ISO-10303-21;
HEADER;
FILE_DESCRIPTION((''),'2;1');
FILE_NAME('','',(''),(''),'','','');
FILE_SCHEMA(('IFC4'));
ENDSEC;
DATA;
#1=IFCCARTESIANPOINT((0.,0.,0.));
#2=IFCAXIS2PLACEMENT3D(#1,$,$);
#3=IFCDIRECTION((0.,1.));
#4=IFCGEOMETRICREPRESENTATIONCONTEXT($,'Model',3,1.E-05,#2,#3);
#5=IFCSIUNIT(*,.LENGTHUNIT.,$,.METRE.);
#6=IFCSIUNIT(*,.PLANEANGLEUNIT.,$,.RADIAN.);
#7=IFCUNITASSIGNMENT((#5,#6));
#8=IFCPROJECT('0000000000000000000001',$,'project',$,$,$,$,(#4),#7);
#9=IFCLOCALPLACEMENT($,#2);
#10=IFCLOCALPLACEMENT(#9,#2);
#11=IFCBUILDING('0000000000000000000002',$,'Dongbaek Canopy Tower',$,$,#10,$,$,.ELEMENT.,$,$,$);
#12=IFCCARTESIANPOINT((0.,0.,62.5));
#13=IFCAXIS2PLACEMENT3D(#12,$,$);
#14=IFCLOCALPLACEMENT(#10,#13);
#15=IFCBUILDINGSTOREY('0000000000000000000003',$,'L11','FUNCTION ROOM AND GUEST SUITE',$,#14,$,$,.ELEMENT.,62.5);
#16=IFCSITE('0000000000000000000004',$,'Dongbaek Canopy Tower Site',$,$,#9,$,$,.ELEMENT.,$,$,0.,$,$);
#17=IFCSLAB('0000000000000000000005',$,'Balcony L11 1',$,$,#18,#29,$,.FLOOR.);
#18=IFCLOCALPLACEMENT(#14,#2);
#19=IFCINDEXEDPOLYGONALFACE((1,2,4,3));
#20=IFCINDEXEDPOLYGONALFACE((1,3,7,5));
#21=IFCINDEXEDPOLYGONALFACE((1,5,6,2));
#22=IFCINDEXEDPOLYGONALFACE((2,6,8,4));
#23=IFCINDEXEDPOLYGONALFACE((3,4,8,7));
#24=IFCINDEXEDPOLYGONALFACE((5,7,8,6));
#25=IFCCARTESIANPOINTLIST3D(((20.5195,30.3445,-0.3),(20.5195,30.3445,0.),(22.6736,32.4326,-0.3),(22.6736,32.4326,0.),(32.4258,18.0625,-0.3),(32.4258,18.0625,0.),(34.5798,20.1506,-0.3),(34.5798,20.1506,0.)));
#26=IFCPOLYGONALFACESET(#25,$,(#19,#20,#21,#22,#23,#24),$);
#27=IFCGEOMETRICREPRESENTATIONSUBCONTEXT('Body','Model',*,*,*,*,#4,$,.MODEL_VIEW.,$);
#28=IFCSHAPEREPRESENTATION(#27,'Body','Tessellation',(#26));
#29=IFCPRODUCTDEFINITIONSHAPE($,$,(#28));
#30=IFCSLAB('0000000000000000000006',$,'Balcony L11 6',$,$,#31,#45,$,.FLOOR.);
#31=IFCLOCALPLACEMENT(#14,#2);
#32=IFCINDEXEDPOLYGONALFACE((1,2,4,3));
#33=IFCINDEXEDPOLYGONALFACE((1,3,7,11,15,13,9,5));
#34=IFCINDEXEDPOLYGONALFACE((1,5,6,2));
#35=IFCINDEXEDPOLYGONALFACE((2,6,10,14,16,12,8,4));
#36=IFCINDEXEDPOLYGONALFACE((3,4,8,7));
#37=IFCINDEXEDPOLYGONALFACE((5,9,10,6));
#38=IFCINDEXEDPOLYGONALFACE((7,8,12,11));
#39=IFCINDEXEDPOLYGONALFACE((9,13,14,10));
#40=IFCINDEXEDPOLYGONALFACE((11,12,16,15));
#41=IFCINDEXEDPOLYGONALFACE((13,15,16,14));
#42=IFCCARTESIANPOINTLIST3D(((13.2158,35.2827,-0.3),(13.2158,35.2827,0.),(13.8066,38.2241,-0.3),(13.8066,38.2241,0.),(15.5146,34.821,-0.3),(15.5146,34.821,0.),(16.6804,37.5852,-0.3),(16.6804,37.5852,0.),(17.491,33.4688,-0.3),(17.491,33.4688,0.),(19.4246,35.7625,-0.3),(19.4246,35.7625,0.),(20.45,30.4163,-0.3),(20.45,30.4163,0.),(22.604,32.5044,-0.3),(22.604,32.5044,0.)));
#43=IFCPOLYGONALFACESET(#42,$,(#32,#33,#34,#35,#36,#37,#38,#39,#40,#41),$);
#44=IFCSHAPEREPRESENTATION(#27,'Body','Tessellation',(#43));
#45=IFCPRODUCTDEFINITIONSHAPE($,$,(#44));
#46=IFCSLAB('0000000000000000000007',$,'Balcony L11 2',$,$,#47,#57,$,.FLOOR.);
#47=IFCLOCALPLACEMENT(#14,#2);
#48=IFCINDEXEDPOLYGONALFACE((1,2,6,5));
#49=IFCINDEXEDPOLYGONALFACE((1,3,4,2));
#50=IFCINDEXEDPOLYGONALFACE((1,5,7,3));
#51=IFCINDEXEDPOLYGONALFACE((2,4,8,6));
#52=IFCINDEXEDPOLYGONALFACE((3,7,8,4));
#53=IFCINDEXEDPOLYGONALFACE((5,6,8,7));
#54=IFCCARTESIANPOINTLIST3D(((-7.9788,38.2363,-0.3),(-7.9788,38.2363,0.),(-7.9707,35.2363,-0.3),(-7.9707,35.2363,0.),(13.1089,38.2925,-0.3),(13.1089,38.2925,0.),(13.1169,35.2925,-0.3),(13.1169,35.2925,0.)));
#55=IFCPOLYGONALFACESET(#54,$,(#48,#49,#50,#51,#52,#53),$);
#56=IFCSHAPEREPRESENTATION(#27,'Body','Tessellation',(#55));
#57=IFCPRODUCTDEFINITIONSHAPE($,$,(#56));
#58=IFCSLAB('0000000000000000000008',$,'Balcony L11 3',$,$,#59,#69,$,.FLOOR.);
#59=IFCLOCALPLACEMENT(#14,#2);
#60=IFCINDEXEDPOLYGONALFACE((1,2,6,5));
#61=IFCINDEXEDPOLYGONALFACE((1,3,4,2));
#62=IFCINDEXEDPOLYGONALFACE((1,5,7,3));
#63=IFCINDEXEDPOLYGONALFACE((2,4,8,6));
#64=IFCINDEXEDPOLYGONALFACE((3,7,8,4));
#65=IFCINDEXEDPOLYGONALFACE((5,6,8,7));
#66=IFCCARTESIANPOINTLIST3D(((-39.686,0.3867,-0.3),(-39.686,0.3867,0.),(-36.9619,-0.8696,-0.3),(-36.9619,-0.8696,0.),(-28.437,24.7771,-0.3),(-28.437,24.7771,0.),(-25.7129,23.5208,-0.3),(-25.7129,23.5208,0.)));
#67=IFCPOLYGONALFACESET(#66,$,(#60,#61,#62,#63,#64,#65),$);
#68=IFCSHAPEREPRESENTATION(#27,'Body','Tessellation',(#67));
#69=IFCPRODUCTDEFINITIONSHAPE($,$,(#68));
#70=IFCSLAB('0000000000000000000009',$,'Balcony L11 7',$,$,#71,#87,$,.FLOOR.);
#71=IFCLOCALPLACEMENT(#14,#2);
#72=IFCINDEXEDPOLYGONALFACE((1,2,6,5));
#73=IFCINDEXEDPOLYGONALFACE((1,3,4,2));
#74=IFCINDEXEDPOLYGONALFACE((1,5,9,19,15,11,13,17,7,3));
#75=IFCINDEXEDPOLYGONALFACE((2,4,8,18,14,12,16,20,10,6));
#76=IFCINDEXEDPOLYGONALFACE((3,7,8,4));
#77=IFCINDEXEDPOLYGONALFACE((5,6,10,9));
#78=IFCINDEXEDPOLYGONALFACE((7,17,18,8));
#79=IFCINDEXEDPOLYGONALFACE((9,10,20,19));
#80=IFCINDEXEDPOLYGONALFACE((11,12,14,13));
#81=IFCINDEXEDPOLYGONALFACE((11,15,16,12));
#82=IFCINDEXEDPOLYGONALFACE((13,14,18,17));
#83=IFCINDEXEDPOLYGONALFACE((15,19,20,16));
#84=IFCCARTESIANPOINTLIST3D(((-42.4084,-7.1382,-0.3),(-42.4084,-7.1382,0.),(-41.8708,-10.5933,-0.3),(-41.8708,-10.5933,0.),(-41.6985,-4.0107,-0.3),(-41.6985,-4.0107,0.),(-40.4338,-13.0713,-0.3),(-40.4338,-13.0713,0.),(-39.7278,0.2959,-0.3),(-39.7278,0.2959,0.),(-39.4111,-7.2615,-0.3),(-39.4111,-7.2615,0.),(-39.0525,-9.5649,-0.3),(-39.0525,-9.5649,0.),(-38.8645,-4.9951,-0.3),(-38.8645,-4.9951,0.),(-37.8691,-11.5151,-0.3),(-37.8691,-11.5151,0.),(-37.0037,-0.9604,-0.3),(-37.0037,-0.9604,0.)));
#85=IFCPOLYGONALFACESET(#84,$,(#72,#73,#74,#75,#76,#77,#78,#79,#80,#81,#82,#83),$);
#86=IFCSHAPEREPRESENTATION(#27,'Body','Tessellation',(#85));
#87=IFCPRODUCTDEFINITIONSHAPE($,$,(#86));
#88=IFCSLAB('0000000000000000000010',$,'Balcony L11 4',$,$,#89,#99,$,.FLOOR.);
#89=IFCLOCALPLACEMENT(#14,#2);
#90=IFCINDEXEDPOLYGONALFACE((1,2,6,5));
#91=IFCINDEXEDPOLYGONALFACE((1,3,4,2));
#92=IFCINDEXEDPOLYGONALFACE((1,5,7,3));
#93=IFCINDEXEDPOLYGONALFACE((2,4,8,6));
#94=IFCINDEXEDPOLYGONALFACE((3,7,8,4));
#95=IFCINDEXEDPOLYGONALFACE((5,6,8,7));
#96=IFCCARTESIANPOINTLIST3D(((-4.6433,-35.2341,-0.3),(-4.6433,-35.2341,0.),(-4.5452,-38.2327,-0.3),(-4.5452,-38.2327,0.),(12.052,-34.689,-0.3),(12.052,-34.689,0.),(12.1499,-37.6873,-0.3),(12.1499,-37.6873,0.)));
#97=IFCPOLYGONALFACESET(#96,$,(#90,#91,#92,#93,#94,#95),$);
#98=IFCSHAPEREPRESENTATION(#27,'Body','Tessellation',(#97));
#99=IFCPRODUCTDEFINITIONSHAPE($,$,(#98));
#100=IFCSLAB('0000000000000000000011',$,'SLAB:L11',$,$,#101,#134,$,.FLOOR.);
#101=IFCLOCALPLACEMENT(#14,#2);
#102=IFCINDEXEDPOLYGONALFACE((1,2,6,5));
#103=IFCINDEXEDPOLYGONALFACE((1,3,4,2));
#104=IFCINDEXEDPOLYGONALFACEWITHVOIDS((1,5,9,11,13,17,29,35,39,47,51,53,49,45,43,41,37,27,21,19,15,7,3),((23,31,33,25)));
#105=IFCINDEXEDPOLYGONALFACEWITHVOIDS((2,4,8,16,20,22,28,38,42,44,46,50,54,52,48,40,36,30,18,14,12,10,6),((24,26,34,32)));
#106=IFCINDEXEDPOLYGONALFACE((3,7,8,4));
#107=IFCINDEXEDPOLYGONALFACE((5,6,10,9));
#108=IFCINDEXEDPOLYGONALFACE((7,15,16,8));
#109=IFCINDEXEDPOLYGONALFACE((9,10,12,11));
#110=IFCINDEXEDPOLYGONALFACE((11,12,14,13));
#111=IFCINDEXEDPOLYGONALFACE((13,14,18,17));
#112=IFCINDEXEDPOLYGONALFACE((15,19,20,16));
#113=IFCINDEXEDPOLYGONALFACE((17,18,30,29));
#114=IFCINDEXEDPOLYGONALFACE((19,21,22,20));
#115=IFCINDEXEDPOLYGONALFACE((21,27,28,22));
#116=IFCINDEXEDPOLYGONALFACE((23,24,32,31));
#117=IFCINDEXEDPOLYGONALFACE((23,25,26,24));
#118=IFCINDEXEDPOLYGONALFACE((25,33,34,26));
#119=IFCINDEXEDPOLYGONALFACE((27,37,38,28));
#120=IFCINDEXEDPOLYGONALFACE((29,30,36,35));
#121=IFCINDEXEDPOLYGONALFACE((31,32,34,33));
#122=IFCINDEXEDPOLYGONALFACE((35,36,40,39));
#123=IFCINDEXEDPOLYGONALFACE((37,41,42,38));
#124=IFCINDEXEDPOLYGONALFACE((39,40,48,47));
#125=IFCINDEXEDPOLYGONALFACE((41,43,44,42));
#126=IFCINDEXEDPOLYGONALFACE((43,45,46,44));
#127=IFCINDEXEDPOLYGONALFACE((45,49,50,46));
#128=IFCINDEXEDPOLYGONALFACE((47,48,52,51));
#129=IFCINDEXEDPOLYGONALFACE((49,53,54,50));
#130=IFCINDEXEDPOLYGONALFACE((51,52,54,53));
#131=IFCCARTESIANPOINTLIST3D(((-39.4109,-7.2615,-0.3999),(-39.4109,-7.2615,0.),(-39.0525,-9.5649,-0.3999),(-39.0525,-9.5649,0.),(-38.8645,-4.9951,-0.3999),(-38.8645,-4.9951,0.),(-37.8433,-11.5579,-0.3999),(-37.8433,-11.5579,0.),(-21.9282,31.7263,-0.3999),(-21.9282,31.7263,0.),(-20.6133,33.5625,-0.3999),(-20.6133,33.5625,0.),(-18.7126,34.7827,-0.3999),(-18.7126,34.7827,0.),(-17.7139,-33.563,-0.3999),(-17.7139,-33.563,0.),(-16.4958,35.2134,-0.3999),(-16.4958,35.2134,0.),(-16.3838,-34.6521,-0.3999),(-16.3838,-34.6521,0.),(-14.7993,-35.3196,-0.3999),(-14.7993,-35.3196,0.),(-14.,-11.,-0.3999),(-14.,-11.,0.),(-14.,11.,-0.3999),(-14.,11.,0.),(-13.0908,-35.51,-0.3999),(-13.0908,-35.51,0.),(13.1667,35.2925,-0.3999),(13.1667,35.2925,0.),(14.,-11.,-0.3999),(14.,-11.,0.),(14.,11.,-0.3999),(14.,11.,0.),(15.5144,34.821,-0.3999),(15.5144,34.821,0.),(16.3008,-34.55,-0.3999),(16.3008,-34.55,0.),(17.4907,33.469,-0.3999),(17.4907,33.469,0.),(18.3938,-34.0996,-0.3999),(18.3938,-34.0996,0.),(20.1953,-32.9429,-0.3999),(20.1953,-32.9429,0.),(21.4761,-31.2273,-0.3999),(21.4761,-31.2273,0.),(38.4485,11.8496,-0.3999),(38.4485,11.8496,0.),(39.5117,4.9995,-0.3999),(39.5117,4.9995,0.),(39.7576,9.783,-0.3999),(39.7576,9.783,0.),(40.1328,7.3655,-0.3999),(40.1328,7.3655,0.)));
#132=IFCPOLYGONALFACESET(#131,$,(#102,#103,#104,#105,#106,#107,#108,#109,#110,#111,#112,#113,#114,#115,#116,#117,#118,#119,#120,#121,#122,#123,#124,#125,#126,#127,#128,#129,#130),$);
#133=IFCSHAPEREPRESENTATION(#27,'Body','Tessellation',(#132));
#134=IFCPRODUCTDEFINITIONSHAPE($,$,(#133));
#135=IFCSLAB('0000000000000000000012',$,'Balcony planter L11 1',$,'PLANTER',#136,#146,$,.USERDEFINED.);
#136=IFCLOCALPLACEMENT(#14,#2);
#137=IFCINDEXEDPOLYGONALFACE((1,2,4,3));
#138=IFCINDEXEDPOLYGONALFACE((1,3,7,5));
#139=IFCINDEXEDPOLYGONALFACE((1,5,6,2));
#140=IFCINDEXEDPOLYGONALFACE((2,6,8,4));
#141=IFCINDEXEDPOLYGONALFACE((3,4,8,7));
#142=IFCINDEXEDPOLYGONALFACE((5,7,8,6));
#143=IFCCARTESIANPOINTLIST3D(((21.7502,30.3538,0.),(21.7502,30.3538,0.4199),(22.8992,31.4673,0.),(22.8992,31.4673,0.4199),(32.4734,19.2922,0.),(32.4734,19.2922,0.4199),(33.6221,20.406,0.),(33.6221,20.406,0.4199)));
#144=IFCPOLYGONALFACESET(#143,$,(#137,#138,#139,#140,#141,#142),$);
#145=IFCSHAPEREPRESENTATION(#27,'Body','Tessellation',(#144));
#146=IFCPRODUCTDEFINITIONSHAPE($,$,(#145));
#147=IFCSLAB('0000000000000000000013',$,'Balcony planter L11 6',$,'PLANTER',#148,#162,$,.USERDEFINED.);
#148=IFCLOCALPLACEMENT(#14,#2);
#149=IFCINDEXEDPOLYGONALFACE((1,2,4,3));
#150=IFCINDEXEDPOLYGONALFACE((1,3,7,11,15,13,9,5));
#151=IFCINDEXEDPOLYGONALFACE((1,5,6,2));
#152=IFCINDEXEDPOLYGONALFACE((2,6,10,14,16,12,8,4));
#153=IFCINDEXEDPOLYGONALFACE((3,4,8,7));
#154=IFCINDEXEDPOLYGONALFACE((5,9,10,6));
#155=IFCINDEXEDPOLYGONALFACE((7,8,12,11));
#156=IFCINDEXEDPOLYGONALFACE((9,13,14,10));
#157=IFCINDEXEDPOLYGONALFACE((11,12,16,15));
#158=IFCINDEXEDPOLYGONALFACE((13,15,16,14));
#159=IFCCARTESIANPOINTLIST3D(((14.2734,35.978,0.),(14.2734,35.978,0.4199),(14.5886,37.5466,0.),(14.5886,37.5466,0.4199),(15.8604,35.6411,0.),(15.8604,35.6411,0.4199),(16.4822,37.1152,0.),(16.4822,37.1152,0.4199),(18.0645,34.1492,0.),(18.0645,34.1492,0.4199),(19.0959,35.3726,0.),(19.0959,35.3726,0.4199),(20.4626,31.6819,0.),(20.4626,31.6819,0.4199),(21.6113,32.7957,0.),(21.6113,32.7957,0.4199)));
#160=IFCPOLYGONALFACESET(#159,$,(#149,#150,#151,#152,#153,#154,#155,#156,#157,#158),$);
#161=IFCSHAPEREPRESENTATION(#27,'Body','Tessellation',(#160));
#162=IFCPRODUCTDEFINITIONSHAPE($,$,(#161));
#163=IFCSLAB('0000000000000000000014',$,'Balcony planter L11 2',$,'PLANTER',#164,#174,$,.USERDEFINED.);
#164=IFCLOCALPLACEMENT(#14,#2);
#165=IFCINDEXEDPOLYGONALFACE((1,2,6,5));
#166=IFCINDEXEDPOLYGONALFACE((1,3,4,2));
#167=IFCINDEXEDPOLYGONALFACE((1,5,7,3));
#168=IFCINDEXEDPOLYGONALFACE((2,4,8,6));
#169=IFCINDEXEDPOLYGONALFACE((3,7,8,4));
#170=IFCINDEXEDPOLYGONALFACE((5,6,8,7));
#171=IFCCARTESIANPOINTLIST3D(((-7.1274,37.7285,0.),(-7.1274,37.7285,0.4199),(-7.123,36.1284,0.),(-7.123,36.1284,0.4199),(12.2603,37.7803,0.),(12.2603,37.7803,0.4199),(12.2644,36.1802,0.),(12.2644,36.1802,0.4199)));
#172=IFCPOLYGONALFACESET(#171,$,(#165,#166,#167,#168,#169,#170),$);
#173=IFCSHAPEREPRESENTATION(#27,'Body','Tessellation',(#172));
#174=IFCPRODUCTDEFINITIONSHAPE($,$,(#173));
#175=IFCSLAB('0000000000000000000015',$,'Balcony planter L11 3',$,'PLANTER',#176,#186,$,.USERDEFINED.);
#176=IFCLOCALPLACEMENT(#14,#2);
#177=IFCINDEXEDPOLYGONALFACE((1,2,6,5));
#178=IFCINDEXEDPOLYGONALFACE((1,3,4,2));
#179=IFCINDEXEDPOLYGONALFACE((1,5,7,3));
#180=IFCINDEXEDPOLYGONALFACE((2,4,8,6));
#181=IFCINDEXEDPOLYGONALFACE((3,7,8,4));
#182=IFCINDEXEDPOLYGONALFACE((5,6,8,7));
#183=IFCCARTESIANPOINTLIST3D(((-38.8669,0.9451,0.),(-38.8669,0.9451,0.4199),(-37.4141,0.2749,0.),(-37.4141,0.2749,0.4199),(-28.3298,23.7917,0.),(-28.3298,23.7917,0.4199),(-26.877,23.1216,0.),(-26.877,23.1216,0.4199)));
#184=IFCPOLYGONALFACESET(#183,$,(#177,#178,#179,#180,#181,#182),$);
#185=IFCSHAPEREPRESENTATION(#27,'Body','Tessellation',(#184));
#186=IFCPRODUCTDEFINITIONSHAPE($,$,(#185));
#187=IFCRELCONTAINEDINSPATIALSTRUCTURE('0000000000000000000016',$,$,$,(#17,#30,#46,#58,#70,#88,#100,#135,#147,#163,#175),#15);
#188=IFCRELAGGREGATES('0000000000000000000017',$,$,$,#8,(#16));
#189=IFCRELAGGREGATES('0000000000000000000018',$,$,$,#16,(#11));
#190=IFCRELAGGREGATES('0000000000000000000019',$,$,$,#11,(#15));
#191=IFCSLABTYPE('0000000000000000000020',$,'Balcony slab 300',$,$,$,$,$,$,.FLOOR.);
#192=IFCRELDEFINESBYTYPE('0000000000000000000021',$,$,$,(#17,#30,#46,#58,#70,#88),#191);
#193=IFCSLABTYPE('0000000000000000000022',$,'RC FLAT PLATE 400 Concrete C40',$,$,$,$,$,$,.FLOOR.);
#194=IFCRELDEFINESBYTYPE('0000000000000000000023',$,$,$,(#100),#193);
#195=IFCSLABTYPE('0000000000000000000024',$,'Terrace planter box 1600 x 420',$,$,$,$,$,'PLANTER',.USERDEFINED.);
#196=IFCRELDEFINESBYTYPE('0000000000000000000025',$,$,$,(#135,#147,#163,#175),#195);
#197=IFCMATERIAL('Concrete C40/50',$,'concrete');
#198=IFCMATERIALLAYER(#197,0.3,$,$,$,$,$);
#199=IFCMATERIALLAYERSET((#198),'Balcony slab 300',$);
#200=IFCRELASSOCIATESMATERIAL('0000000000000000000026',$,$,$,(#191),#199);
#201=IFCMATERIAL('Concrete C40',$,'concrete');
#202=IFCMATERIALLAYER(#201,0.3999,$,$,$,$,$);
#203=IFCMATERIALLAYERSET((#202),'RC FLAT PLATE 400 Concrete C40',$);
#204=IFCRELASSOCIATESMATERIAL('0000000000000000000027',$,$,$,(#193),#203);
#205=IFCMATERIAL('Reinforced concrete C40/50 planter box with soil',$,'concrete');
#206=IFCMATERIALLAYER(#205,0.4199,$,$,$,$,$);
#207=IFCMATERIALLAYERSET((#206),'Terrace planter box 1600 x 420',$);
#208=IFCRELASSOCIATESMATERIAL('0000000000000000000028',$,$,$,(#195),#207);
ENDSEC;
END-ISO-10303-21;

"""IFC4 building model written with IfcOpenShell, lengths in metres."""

from ifc_helpers import new_model, si_unit, direction, frame, origin, place, context, subcontext, project, spatial, polyline, outline, extrude, material, layer, layer_set, type_object, element, save


model = new_model("IFC4")

# Units and contexts
model_context = context("Model", 3, precision=1e-05, world=origin(), true_north=direction((0.0, 1.0)))
body_context = subcontext(model_context, "Body", "Model", "MODEL_VIEW")
ifc_project = project(units=[si_unit("LENGTHUNIT", "METRE"), si_unit("PLANEANGLEUNIT", "RADIAN")], contexts=[model_context])

# Site, building, storey
site_placement = place(None, origin())
site = spatial("IfcSite", under=ifc_project, at=site_placement, Name="Dongbaek Canopy Tower Site", CompositionType="ELEMENT", RefElevation=0.0)
building_placement = place(site_placement, origin())
building = spatial("IfcBuilding", under=site, at=building_placement, Name="Dongbaek Canopy Tower", CompositionType="ELEMENT")
storey_placement = place(building_placement, frame((0.0, 0.0, 62.5)))
storey = spatial("IfcBuildingStorey", under=building, at=storey_placement, Name="L11", Description="FUNCTION ROOM AND GUEST SUITE", CompositionType="ELEMENT", Elevation=62.5)

# Slabs
ifc_material_1 = material(Name="Concrete C40/50", Category="concrete")
ifc_layer_1 = layer(ifc_material_1, 0.3)
ifc_layer_set_1 = layer_set([ifc_layer_1], Name="Balcony slab 300")
slab_type_1 = type_object("IfcSlabType", Name="Balcony slab 300", PredefinedType="FLOOR", material=ifc_layer_set_1)
slab_1_placement = place(storey_placement, frame((0.0, 0.0, -0.3)))
element("IfcSlab", 1, at=slab_1_placement, inside=storey, type_object=slab_type_1, Name="Balcony L11 1", PredefinedType="FLOOR", context=body_context, shape_type="SweptSolid", body=[
    extrude(outline(polyline([(32.4258, 18.0625), (20.5195, 30.3445), (22.6736, 32.4326), (34.5798, 20.1506), (32.4258, 18.0625)])), origin(), (0.0, 0.0, 1.0), 0.3),
])
slab_2_placement = place(storey_placement, frame((0.0, 0.0, -0.3)))
element("IfcSlab", 2, at=slab_2_placement, inside=storey, type_object=slab_type_1, Name="Balcony L11 6", PredefinedType="FLOOR", context=body_context, shape_type="SweptSolid", body=[
    extrude(outline(polyline([(20.45, 30.4163), (17.491, 33.4688), (15.5146, 34.821), (13.2158, 35.2827), (13.8066, 38.2241), (16.6804, 37.5852), (19.4246, 35.7625), (22.604, 32.5044), (20.45, 30.4163)])), origin(), (0.0, 0.0, 1.0), 0.3),
])
slab_3_placement = place(storey_placement, frame((0.0, 0.0, -0.3)))
element("IfcSlab", 3, at=slab_3_placement, inside=storey, type_object=slab_type_1, Name="Balcony L11 2", PredefinedType="FLOOR", context=body_context, shape_type="SweptSolid", body=[
    extrude(outline(polyline([(13.1169, 35.2925), (-7.9707, 35.2363), (-7.9788, 38.2363), (13.1089, 38.2925), (13.1169, 35.2925)])), origin(), (0.0, 0.0, 1.0), 0.3),
])
slab_4_placement = place(storey_placement, frame((0.0, 0.0, -0.3)))
element("IfcSlab", 4, at=slab_4_placement, inside=storey, type_object=slab_type_1, Name="Balcony L11 3", PredefinedType="FLOOR", context=body_context, shape_type="SweptSolid", body=[
    extrude(outline(polyline([(-25.7129, 23.5208), (-36.9619, -0.8696), (-39.686, 0.3867), (-28.437, 24.7771), (-25.7129, 23.5208)])), origin(), (0.0, 0.0, 1.0), 0.3),
])
slab_5_placement = place(storey_placement, frame((0.0, 0.0, -0.3)))
element("IfcSlab", 5, at=slab_5_placement, inside=storey, type_object=slab_type_1, Name="Balcony L11 7", PredefinedType="FLOOR", context=body_context, shape_type="SweptSolid", body=[
    extrude(outline(polyline([(-37.0037, -0.9604), (-38.8645, -4.9951), (-39.4111, -7.2615), (-39.0525, -9.5649), (-37.8691, -11.5151), (-40.4338, -13.0713), (-41.8708, -10.5933), (-42.4084, -7.1382), (-41.6985, -4.0107), (-39.7278, 0.2959), (-37.0037, -0.9604)])), origin(), (0.0, 0.0, 1.0), 0.3),
])
slab_6_placement = place(storey_placement, frame((0.0, 0.0, -0.3)))
element("IfcSlab", 6, at=slab_6_placement, inside=storey, type_object=slab_type_1, Name="Balcony L11 4", PredefinedType="FLOOR", context=body_context, shape_type="SweptSolid", body=[
    extrude(outline(polyline([(-4.6433, -35.2341), (12.052, -34.689), (12.1499, -37.6873), (-4.5452, -38.2327), (-4.6433, -35.2341)])), origin(), (0.0, 0.0, 1.0), 0.3),
])
ifc_material_2 = material(Name="Concrete C40", Category="concrete")
ifc_layer_2 = layer(ifc_material_2, 0.3999)
ifc_layer_set_2 = layer_set([ifc_layer_2], Name="RC FLAT PLATE 400 Concrete C40")
slab_type_2 = type_object("IfcSlabType", Name="RC FLAT PLATE 400 Concrete C40", PredefinedType="FLOOR", material=ifc_layer_set_2)
slab_7_placement = place(storey_placement, frame((0.0, 0.0, -0.3999)))
element("IfcSlab", 7, at=slab_7_placement, inside=storey, type_object=slab_type_2, Name="SLAB:L11", PredefinedType="FLOOR", context=body_context, shape_type="SweptSolid", body=[
    extrude(outline(polyline([(21.4761, -31.2273), (20.1953, -32.9429), (18.3938, -34.0996), (16.3008, -34.55), (-13.0908, -35.51), (-14.7993, -35.3196), (-16.3838, -34.6521), (-17.7139, -33.563), (-37.8433, -11.5579), (-39.0525, -9.5649), (-39.4109, -7.2615), (-38.8645, -4.9951), (-21.9282, 31.7263), (-20.6133, 33.5625), (-18.7126, 34.7827), (-16.4958, 35.2134), (13.1667, 35.2925), (15.5144, 34.821), (17.4907, 33.469), (38.4485, 11.8496), (39.7576, 9.783), (40.1328, 7.3655), (39.5117, 4.9995), (21.4761, -31.2273)]), holes=[polyline([(14.0, 11.0), (-14.0, 11.0), (-14.0, -11.0), (14.0, -11.0), (14.0, 11.0)])]), origin(), (0.0, 0.0, 1.0), 0.3999),
])
ifc_material_3 = material(Name="Reinforced concrete C40/50 planter box with soil", Category="concrete")
ifc_layer_3 = layer(ifc_material_3, 0.4199)
ifc_layer_set_3 = layer_set([ifc_layer_3], Name="Terrace planter box 1600 x 420")
slab_type_3 = type_object("IfcSlabType", Name="Terrace planter box 1600 x 420", ElementType="PLANTER", PredefinedType="USERDEFINED", material=ifc_layer_set_3)
slab_8_placement = place(storey_placement, origin())
element("IfcSlab", 8, at=slab_8_placement, inside=storey, type_object=slab_type_3, Name="Balcony planter L11 1", ObjectType="PLANTER", PredefinedType="USERDEFINED", context=body_context, shape_type="SweptSolid", body=[
    extrude(outline(polyline([(32.4734, 19.2922), (21.7502, 30.3538), (22.8992, 31.4673), (33.6221, 20.406), (32.4734, 19.2922)])), origin(), (0.0, 0.0, 1.0), 0.4199),
])
slab_9_placement = place(storey_placement, origin())
element("IfcSlab", 9, at=slab_9_placement, inside=storey, type_object=slab_type_3, Name="Balcony planter L11 6", ObjectType="PLANTER", PredefinedType="USERDEFINED", context=body_context, shape_type="SweptSolid", body=[
    extrude(outline(polyline([(20.4626, 31.6819), (18.0645, 34.1492), (15.8604, 35.6411), (14.2734, 35.978), (14.5886, 37.5466), (16.4822, 37.1152), (19.0959, 35.3726), (21.6113, 32.7957), (20.4626, 31.6819)])), origin(), (0.0, 0.0, 1.0), 0.4199),
])
slab_10_placement = place(storey_placement, origin())
element("IfcSlab", 10, at=slab_10_placement, inside=storey, type_object=slab_type_3, Name="Balcony planter L11 2", ObjectType="PLANTER", PredefinedType="USERDEFINED", context=body_context, shape_type="SweptSolid", body=[
    extrude(outline(polyline([(12.2644, 36.1802), (-7.123, 36.1284), (-7.1274, 37.7285), (12.2603, 37.7803), (12.2644, 36.1802)])), origin(), (0.0, 0.0, 1.0), 0.4199),
])
slab_11_placement = place(storey_placement, origin())
element("IfcSlab", 11, at=slab_11_placement, inside=storey, type_object=slab_type_3, Name="Balcony planter L11 3", ObjectType="PLANTER", PredefinedType="USERDEFINED", context=body_context, shape_type="SweptSolid", body=[
    extrude(outline(polyline([(-26.877, 23.1216), (-37.4141, 0.2749), (-38.8669, 0.9451), (-28.3298, 23.7917), (-26.877, 23.1216)])), origin(), (0.0, 0.0, 1.0), 0.4199),
])

save(model, "model.ifc")
